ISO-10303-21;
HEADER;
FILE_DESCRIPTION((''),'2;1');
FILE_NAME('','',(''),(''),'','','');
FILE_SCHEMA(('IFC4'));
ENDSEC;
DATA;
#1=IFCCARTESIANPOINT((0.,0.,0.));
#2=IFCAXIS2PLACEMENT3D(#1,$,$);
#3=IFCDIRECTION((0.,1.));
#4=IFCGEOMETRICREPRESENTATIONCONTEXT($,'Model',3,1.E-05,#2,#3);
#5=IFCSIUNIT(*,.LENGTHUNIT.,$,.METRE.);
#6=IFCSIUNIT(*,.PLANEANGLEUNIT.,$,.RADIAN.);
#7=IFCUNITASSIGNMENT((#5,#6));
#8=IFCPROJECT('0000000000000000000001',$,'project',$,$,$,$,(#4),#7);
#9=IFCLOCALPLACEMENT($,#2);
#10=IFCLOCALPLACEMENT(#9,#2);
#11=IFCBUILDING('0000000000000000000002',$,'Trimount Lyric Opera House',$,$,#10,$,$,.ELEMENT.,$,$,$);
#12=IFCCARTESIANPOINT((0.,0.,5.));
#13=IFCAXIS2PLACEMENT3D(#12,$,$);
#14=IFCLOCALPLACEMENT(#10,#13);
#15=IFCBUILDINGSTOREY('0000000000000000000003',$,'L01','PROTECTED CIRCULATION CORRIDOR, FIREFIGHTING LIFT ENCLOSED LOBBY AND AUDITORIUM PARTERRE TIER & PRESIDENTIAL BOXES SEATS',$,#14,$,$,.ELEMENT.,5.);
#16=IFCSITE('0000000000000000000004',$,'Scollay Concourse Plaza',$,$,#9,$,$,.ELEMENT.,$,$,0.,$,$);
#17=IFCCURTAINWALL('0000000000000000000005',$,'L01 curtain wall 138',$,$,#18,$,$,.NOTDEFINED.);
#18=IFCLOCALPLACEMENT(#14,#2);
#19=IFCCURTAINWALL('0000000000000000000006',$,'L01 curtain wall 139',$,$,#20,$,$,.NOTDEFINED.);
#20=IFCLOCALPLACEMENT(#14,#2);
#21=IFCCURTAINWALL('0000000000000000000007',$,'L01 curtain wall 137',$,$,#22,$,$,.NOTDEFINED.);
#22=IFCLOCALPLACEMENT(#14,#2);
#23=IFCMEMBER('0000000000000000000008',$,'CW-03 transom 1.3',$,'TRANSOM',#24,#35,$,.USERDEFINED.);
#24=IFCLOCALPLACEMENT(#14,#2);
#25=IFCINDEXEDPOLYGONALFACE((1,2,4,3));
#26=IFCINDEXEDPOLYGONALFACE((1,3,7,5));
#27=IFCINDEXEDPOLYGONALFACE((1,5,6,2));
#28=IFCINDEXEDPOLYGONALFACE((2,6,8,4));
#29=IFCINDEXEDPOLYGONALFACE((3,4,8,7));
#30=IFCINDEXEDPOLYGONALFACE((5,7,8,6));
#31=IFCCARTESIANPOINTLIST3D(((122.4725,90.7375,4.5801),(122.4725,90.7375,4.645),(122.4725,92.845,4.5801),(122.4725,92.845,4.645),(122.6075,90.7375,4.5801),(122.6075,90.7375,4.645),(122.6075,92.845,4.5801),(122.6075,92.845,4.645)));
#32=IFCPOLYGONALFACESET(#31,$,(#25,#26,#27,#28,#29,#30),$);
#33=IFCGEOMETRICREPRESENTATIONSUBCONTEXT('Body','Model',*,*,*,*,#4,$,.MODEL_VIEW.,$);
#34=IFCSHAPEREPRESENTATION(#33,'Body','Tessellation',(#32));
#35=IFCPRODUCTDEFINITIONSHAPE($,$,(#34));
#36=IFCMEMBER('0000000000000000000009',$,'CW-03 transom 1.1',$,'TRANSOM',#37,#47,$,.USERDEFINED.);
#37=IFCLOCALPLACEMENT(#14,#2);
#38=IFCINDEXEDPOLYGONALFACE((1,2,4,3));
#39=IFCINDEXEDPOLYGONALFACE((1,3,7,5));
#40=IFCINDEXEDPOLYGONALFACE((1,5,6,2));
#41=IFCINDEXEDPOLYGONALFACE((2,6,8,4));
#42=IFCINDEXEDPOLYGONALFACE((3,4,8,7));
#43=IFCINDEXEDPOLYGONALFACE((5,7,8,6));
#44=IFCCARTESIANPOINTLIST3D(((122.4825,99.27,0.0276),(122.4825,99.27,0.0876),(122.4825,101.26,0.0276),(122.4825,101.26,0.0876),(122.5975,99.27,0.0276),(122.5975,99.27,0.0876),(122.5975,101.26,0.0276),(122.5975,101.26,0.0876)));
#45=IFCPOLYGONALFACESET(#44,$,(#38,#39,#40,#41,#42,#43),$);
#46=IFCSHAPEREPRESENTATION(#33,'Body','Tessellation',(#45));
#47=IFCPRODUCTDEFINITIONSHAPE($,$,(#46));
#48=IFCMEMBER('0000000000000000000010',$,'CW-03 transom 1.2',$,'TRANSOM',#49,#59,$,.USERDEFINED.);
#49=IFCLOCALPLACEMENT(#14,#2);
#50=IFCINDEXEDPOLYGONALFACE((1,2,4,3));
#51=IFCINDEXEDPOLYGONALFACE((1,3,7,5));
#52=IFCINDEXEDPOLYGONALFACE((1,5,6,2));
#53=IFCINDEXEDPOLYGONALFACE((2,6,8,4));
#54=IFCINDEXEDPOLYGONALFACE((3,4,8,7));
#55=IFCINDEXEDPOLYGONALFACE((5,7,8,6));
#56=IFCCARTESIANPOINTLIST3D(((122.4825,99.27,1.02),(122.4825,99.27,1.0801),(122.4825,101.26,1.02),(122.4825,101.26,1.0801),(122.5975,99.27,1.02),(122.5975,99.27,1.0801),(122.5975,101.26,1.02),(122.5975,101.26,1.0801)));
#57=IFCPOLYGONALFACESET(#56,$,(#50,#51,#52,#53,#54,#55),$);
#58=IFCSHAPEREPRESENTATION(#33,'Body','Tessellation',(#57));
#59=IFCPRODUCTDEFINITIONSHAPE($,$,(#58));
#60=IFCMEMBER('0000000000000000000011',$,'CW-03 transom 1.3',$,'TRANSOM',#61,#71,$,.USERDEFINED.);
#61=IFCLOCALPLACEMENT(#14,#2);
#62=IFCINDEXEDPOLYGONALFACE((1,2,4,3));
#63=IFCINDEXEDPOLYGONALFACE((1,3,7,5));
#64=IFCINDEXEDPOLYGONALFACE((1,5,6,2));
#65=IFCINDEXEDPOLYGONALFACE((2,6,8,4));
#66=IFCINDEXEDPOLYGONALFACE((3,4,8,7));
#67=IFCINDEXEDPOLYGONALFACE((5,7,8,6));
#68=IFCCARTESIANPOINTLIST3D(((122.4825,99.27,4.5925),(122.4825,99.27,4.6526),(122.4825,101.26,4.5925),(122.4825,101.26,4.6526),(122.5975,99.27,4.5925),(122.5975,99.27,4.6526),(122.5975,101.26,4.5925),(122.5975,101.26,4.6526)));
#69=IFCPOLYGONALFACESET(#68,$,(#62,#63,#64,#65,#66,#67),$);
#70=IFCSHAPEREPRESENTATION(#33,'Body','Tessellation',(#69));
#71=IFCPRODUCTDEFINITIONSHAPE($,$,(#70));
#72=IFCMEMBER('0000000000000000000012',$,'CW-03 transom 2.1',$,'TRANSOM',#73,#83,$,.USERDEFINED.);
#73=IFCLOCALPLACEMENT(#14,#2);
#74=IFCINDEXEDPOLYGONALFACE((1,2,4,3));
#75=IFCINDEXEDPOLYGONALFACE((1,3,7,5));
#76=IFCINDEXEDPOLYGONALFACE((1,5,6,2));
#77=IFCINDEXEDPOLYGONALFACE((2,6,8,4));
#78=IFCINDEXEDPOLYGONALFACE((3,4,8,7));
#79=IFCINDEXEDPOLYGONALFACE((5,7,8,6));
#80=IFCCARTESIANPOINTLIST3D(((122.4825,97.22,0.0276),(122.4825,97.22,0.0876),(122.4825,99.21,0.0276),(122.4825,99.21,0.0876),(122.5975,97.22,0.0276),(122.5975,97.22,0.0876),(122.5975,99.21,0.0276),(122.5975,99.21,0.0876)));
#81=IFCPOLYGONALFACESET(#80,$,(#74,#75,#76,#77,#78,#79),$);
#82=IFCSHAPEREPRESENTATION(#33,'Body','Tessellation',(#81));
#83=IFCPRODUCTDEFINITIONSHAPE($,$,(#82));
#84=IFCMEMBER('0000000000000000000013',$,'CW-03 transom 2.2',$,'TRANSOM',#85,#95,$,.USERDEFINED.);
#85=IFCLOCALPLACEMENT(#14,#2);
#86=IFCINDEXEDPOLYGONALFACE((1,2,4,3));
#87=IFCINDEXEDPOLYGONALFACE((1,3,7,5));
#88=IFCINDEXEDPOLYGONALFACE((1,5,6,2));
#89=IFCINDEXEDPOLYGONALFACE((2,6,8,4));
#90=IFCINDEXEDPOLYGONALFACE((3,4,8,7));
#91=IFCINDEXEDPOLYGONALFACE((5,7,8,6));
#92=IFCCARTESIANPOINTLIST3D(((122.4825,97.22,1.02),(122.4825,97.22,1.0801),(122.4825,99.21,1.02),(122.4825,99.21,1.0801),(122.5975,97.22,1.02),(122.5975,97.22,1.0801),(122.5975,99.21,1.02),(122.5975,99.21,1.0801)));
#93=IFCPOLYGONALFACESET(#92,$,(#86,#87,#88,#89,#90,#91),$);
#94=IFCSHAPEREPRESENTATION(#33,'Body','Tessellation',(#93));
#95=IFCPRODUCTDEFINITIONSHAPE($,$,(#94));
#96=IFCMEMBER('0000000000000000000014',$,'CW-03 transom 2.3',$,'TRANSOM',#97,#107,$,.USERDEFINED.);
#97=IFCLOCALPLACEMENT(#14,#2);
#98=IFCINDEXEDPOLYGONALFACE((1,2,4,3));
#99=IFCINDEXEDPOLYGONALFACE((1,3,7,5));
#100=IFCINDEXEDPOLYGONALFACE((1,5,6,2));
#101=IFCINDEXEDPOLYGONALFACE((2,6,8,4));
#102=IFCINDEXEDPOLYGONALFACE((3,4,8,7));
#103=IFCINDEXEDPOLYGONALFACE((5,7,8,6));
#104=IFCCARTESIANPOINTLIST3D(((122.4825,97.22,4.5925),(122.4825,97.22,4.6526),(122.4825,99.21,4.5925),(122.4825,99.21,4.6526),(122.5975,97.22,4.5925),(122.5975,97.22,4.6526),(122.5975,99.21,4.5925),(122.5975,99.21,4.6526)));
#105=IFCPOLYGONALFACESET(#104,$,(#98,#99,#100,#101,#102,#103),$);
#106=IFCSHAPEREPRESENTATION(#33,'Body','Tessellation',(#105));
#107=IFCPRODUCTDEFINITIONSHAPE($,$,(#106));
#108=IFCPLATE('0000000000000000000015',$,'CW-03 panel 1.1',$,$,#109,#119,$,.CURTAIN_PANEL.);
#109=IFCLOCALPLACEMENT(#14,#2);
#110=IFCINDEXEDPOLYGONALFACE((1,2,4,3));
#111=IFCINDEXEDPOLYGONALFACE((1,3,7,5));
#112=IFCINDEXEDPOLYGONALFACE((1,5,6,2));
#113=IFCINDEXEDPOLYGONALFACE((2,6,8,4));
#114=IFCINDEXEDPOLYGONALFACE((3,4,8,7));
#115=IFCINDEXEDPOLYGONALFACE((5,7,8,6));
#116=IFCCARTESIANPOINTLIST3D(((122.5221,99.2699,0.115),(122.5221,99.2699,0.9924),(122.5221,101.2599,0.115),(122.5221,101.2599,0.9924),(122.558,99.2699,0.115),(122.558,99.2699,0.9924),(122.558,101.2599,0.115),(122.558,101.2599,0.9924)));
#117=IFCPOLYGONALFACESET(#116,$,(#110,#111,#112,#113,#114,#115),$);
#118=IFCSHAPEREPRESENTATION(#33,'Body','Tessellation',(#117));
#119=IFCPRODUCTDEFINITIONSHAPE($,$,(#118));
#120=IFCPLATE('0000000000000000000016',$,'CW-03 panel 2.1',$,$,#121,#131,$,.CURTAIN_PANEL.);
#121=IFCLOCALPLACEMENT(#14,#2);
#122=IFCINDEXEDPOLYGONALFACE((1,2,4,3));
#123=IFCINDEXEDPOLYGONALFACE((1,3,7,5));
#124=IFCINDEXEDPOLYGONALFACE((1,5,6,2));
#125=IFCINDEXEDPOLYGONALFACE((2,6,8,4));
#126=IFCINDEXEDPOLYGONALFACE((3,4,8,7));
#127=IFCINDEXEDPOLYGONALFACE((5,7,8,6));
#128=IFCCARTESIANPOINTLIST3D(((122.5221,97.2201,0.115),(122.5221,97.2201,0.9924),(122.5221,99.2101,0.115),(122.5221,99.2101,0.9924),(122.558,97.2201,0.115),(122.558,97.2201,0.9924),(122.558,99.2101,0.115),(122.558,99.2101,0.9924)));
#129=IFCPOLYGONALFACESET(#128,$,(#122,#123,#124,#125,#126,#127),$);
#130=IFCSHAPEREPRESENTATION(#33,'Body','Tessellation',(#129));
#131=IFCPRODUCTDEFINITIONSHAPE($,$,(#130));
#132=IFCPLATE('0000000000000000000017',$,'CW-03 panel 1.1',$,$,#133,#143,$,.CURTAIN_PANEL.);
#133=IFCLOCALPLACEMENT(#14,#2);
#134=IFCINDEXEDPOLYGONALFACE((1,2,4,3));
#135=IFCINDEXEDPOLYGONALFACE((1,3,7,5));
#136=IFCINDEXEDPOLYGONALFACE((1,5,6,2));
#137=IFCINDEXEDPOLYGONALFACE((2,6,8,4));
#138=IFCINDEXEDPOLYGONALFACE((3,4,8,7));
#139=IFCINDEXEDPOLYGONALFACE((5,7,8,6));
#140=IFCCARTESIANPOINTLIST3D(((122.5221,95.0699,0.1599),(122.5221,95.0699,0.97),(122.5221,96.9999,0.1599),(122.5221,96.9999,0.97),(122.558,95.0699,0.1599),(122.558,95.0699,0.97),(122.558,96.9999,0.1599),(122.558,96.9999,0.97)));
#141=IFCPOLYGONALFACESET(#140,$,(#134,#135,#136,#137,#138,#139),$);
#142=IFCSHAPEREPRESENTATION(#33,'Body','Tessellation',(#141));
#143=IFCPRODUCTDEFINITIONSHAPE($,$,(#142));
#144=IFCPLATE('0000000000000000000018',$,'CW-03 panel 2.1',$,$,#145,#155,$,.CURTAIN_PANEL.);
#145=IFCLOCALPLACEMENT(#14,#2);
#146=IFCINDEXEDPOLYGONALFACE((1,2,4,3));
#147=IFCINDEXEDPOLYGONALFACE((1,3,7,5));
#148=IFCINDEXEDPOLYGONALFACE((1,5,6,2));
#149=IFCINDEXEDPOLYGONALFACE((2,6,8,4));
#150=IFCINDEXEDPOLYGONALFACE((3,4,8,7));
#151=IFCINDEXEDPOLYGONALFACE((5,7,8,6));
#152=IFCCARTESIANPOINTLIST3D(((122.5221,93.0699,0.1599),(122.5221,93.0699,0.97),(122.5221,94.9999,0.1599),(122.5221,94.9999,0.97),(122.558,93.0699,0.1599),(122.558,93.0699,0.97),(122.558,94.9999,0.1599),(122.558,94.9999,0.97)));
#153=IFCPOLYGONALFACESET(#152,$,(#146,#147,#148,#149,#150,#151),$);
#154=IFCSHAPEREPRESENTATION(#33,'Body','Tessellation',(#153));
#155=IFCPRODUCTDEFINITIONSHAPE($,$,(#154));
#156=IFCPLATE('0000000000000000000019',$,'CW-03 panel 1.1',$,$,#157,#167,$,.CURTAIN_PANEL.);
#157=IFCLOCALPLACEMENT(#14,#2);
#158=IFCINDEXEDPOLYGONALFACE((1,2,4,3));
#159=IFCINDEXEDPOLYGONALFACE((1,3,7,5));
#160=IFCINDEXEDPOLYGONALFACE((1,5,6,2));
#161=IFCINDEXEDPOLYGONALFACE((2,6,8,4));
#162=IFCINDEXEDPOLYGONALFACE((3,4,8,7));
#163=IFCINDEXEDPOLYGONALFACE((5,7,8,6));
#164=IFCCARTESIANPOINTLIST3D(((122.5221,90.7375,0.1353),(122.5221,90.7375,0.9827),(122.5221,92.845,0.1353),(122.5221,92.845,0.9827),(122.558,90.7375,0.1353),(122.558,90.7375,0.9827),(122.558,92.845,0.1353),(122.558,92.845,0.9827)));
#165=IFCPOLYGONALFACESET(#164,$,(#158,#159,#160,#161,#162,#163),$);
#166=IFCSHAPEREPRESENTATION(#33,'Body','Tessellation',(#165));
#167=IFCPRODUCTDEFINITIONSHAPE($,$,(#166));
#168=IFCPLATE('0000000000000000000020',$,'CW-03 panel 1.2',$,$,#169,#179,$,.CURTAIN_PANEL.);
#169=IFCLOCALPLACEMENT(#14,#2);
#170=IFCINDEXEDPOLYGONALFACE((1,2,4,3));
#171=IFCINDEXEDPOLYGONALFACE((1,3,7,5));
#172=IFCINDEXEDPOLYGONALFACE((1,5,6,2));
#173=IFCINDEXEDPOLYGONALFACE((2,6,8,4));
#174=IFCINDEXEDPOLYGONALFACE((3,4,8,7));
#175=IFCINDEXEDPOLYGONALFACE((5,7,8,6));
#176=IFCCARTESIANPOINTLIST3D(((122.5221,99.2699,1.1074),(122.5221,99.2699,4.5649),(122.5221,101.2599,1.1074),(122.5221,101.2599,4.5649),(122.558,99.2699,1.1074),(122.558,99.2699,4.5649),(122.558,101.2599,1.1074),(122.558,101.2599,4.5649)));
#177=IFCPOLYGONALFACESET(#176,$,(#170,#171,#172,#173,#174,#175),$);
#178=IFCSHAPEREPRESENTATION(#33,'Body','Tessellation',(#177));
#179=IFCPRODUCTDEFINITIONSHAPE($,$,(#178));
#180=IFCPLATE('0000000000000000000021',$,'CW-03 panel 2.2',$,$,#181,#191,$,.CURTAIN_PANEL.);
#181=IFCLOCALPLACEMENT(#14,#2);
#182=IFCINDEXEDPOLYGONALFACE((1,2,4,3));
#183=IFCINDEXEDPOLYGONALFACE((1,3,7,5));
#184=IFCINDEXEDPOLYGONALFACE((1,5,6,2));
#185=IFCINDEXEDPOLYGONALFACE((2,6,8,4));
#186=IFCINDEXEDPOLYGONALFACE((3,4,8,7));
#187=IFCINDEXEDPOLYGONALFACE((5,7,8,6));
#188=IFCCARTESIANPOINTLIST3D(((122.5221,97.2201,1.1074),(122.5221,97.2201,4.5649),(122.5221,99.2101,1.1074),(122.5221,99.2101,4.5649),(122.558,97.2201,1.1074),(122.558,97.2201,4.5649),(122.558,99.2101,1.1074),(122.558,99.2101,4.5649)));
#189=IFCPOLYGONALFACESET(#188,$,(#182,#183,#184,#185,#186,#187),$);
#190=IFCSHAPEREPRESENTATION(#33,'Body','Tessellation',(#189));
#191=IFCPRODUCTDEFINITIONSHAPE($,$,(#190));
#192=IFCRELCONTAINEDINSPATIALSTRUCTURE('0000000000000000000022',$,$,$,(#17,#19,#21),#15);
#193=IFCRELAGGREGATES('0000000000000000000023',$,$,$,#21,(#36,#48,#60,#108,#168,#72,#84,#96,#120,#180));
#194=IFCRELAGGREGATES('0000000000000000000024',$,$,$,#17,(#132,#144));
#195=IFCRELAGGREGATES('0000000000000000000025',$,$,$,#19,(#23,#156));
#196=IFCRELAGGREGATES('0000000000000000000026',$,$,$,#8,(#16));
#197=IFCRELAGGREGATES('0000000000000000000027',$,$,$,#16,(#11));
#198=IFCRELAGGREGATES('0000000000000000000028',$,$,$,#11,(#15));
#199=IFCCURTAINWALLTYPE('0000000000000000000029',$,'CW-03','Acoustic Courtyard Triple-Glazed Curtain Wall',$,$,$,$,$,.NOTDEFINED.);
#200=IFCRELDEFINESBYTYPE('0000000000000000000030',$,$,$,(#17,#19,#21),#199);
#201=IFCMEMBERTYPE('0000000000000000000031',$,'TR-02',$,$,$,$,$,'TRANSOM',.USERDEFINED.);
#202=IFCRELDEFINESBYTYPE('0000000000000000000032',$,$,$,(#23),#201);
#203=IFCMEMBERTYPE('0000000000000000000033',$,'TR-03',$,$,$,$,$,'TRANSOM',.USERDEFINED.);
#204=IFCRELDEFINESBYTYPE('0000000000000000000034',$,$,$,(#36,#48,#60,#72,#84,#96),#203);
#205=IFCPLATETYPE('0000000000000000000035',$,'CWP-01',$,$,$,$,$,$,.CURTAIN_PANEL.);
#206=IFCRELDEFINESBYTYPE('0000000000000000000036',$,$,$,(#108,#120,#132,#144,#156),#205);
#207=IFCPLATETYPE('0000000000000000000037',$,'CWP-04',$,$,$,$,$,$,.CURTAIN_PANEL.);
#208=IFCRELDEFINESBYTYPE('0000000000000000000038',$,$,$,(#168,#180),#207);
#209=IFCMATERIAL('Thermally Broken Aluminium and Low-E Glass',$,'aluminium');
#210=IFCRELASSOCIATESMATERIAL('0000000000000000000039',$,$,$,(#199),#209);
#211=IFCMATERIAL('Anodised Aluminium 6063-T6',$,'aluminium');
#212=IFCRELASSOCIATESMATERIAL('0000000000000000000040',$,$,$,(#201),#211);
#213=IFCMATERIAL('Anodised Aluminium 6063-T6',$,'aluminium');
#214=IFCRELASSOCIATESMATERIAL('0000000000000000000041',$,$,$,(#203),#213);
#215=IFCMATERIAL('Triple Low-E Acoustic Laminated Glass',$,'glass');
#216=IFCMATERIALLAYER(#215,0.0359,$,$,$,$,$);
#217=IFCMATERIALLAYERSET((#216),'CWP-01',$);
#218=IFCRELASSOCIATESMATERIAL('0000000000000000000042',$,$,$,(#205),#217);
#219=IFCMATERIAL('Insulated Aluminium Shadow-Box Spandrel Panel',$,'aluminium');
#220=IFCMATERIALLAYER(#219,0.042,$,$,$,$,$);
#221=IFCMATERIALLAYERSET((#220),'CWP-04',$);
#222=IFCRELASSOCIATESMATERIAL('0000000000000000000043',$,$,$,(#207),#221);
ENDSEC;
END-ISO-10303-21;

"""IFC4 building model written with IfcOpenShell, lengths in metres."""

from ifc_helpers import new_model, si_unit, direction, frame, origin, origin_2d, place, context, subcontext, project, spatial, rectangle, extrude, material, layer, layer_set, material_profile, profile_set, type_object, element, aggregate, save


model = new_model("IFC4")

# Units and contexts
model_context = context("Model", 3, precision=1e-05, world=origin(), true_north=direction((0.0, 1.0)))
body_context = subcontext(model_context, "Body", "Model", "MODEL_VIEW")
ifc_project = project(units=[si_unit("LENGTHUNIT", "METRE"), si_unit("PLANEANGLEUNIT", "RADIAN")], contexts=[model_context])

# Site, building, storey
site_placement = place(None, origin())
site = spatial("IfcSite", under=ifc_project, at=site_placement, Name="Scollay Concourse Plaza", CompositionType="ELEMENT", RefElevation=0.0)
building_placement = place(site_placement, origin())
building = spatial("IfcBuilding", under=site, at=building_placement, Name="Trimount Lyric Opera House", CompositionType="ELEMENT")
storey_placement = place(building_placement, frame((0.0, 0.0, 5.0)))
storey = spatial("IfcBuildingStorey", under=building, at=storey_placement, Name="L01", Description="PROTECTED CIRCULATION CORRIDOR, FIREFIGHTING LIFT ENCLOSED LOBBY AND AUDITORIUM PARTERRE TIER & PRESIDENTIAL BOXES SEATS", CompositionType="ELEMENT", Elevation=5.0)

# Curtain wall
ifc_material_1 = material(Name="Thermally Broken Aluminium and Low-E Glass", Category="aluminium")
curtain_wall_type = type_object("IfcCurtainWallType", Name="CW-03", Description="Acoustic Courtyard Triple-Glazed Curtain Wall", PredefinedType="NOTDEFINED", material=ifc_material_1)
curtain_wall_1_placement = place(storey_placement, origin())
curtain_wall_1 = element("IfcCurtainWall", 1, at=curtain_wall_1_placement, inside=storey, type_object=curtain_wall_type, Name="L01 curtain wall 138", PredefinedType="NOTDEFINED")

# Curtain wall
curtain_wall_2_placement = place(storey_placement, origin())
curtain_wall_2 = element("IfcCurtainWall", 2, at=curtain_wall_2_placement, inside=storey, type_object=curtain_wall_type, Name="L01 curtain wall 139", PredefinedType="NOTDEFINED")

# Curtain wall
curtain_wall_3_placement = place(storey_placement, origin())
curtain_wall_3 = element("IfcCurtainWall", 3, at=curtain_wall_3_placement, inside=storey, type_object=curtain_wall_type, Name="L01 curtain wall 137", PredefinedType="NOTDEFINED")

# Members
ifc_material_2 = material(Name="Anodised Aluminium 6063-T6", Category="aluminium")
ifc_material_profile_1 = material_profile(ifc_material_2, rectangle(XDim=0.135, YDim=0.0649, at=origin_2d()), Name="ALU-TRAN-65X135")
ifc_profile_set_1 = profile_set([ifc_material_profile_1], Name="Anodised Aluminium 6063-T6")
member_type_1 = type_object("IfcMemberType", Name="TR-02", ElementType="TRANSOM", PredefinedType="USERDEFINED", material=ifc_profile_set_1)
member_1_placement = place(storey_placement, frame((122.54, 92.845, 4.6125), z_axis=(0.0, -1.0, 0.0), x_axis=(1.0, 0.0, 0.0)))
member_1 = element("IfcMember", 4, at=member_1_placement, type_object=member_type_1, Name="CW-03 transom 1.3", ObjectType="TRANSOM", PredefinedType="USERDEFINED", context=body_context, shape_type="SweptSolid", body=[
    extrude(rectangle(XDim=0.135, YDim=0.0649, at=origin_2d()), origin(), (0.0, 0.0, 1.0), 2.1074),
])
ifc_material_3 = material(Name="Anodised Aluminium 6063-T6", Category="aluminium")
ifc_material_profile_2 = material_profile(ifc_material_3, rectangle(XDim=0.115, YDim=0.0601, at=origin_2d()), Name="ALU-TRAN-60X115")
ifc_profile_set_2 = profile_set([ifc_material_profile_2], Name="Anodised Aluminium 6063-T6")
member_type_2 = type_object("IfcMemberType", Name="TR-03", ElementType="TRANSOM", PredefinedType="USERDEFINED", material=ifc_profile_set_2)
member_2_placement = place(storey_placement, frame((122.54, 101.26, 0.0576), z_axis=(0.0, -1.0, 0.0), x_axis=(1.0, 0.0, 0.0)))
member_2 = element("IfcMember", 5, at=member_2_placement, type_object=member_type_2, Name="CW-03 transom 1.1", ObjectType="TRANSOM", PredefinedType="USERDEFINED", context=body_context, shape_type="SweptSolid", body=[
    extrude(rectangle(XDim=0.115, YDim=0.0601, at=origin_2d()), origin(), (0.0, 0.0, 1.0), 1.99),
])
member_3_placement = place(storey_placement, frame((122.54, 101.26, 1.05), z_axis=(0.0, -1.0, 0.0), x_axis=(1.0, 0.0, 0.0)))
member_3 = element("IfcMember", 6, at=member_3_placement, type_object=member_type_2, Name="CW-03 transom 1.2", ObjectType="TRANSOM", PredefinedType="USERDEFINED", context=body_context, shape_type="SweptSolid", body=[
    extrude(rectangle(XDim=0.115, YDim=0.0601, at=origin_2d()), origin(), (0.0, 0.0, 1.0), 1.99),
])
member_4_placement = place(storey_placement, frame((122.54, 101.26, 4.6226), z_axis=(0.0, -1.0, 0.0), x_axis=(1.0, 0.0, 0.0)))
member_4 = element("IfcMember", 7, at=member_4_placement, type_object=member_type_2, Name="CW-03 transom 1.3", ObjectType="TRANSOM", PredefinedType="USERDEFINED", context=body_context, shape_type="SweptSolid", body=[
    extrude(rectangle(XDim=0.115, YDim=0.0601, at=origin_2d()), origin(), (0.0, 0.0, 1.0), 1.99),
])
member_5_placement = place(storey_placement, frame((122.54, 99.21, 0.0576), z_axis=(0.0, -1.0, 0.0), x_axis=(1.0, 0.0, 0.0)))
member_5 = element("IfcMember", 8, at=member_5_placement, type_object=member_type_2, Name="CW-03 transom 2.1", ObjectType="TRANSOM", PredefinedType="USERDEFINED", context=body_context, shape_type="SweptSolid", body=[
    extrude(rectangle(XDim=0.115, YDim=0.0601, at=origin_2d()), origin(), (0.0, 0.0, 1.0), 1.99),
])
member_6_placement = place(storey_placement, frame((122.54, 99.21, 1.05), z_axis=(0.0, -1.0, 0.0), x_axis=(1.0, 0.0, 0.0)))
member_6 = element("IfcMember", 9, at=member_6_placement, type_object=member_type_2, Name="CW-03 transom 2.2", ObjectType="TRANSOM", PredefinedType="USERDEFINED", context=body_context, shape_type="SweptSolid", body=[
    extrude(rectangle(XDim=0.115, YDim=0.0601, at=origin_2d()), origin(), (0.0, 0.0, 1.0), 1.99),
])
member_7_placement = place(storey_placement, frame((122.54, 99.21, 4.6226), z_axis=(0.0, -1.0, 0.0), x_axis=(1.0, 0.0, 0.0)))
member_7 = element("IfcMember", 10, at=member_7_placement, type_object=member_type_2, Name="CW-03 transom 2.3", ObjectType="TRANSOM", PredefinedType="USERDEFINED", context=body_context, shape_type="SweptSolid", body=[
    extrude(rectangle(XDim=0.115, YDim=0.0601, at=origin_2d()), origin(), (0.0, 0.0, 1.0), 1.99),
])

# Plates
ifc_material_4 = material(Name="Triple Low-E Acoustic Laminated Glass", Category="glass")
ifc_layer_1 = layer(ifc_material_4, 0.0359)
ifc_layer_set_1 = layer_set([ifc_layer_1], Name="CWP-01")
plate_type_1 = type_object("IfcPlateType", Name="CWP-01", PredefinedType="CURTAIN_PANEL", material=ifc_layer_set_1)
plate_1_placement = place(storey_placement, frame((122.54, 100.2649, 0.115), z_axis=(0.0, 0.0, 1.0), x_axis=(0.0, -1.0, 0.0)))
plate_1 = element("IfcPlate", 11, at=plate_1_placement, type_object=plate_type_1, Name="CW-03 panel 1.1", PredefinedType="CURTAIN_PANEL", context=body_context, shape_type="SweptSolid", body=[
    extrude(rectangle(XDim=1.99, YDim=0.0359, at=origin_2d()), origin(), (0.0, 0.0, 1.0), 0.8774),
])
plate_2_placement = place(storey_placement, frame((122.54, 98.2151, 0.115), z_axis=(0.0, 0.0, 1.0), x_axis=(0.0, -1.0, 0.0)))
plate_2 = element("IfcPlate", 12, at=plate_2_placement, type_object=plate_type_1, Name="CW-03 panel 2.1", PredefinedType="CURTAIN_PANEL", context=body_context, shape_type="SweptSolid", body=[
    extrude(rectangle(XDim=1.99, YDim=0.0359, at=origin_2d()), origin(), (0.0, 0.0, 1.0), 0.8774),
])
plate_3_placement = place(storey_placement, frame((122.54, 96.0349, 0.1599), z_axis=(0.0, 0.0, 1.0), x_axis=(0.0, -1.0, 0.0)))
plate_3 = element("IfcPlate", 13, at=plate_3_placement, type_object=plate_type_1, Name="CW-03 panel 1.1", PredefinedType="CURTAIN_PANEL", context=body_context, shape_type="SweptSolid", body=[
    extrude(rectangle(XDim=1.9299, YDim=0.0359, at=origin_2d()), origin(), (0.0, 0.0, 1.0), 0.8101),
])
plate_4_placement = place(storey_placement, frame((122.54, 94.0349, 0.1599), z_axis=(0.0, 0.0, 1.0), x_axis=(0.0, -1.0, 0.0)))
plate_4 = element("IfcPlate", 14, at=plate_4_placement, type_object=plate_type_1, Name="CW-03 panel 2.1", PredefinedType="CURTAIN_PANEL", context=body_context, shape_type="SweptSolid", body=[
    extrude(rectangle(XDim=1.9299, YDim=0.0359, at=origin_2d()), origin(), (0.0, 0.0, 1.0), 0.8101),
])
plate_5_placement = place(storey_placement, frame((122.54, 91.7913, 0.1353), z_axis=(0.0, 0.0, 1.0), x_axis=(0.0, -1.0, 0.0)))
plate_5 = element("IfcPlate", 15, at=plate_5_placement, type_object=plate_type_1, Name="CW-03 panel 1.1", PredefinedType="CURTAIN_PANEL", context=body_context, shape_type="SweptSolid", body=[
    extrude(rectangle(XDim=2.1074, YDim=0.0359, at=origin_2d()), origin(), (0.0, 0.0, 1.0), 0.8474),
])
ifc_material_5 = material(Name="Insulated Aluminium Shadow-Box Spandrel Panel", Category="aluminium")
ifc_layer_2 = layer(ifc_material_5, 0.042)
ifc_layer_set_2 = layer_set([ifc_layer_2], Name="CWP-04")
plate_type_2 = type_object("IfcPlateType", Name="CWP-04", PredefinedType="CURTAIN_PANEL", material=ifc_layer_set_2)
plate_6_placement = place(storey_placement, frame((122.54, 100.2649, 1.1074), z_axis=(0.0, 0.0, 1.0), x_axis=(0.0, -1.0, 0.0)))
plate_6 = element("IfcPlate", 16, at=plate_6_placement, type_object=plate_type_2, Name="CW-03 panel 1.2", PredefinedType="CURTAIN_PANEL", context=body_context, shape_type="SweptSolid", body=[
    extrude(rectangle(XDim=1.99, YDim=0.0359, at=origin_2d()), origin(), (0.0, 0.0, 1.0), 3.4575),
])
plate_7_placement = place(storey_placement, frame((122.54, 98.2151, 1.1074), z_axis=(0.0, 0.0, 1.0), x_axis=(0.0, -1.0, 0.0)))
plate_7 = element("IfcPlate", 17, at=plate_7_placement, type_object=plate_type_2, Name="CW-03 panel 2.2", PredefinedType="CURTAIN_PANEL", context=body_context, shape_type="SweptSolid", body=[
    extrude(rectangle(XDim=1.99, YDim=0.0359, at=origin_2d()), origin(), (0.0, 0.0, 1.0), 3.4575),
])
aggregate(curtain_wall_3, [member_2, member_3, member_4, plate_1, plate_6, member_5, member_6, member_7, plate_2, plate_7])
aggregate(curtain_wall_1, [plate_3, plate_4])
aggregate(curtain_wall_2, [member_1, plate_5])

save(model, "model.ifc")
